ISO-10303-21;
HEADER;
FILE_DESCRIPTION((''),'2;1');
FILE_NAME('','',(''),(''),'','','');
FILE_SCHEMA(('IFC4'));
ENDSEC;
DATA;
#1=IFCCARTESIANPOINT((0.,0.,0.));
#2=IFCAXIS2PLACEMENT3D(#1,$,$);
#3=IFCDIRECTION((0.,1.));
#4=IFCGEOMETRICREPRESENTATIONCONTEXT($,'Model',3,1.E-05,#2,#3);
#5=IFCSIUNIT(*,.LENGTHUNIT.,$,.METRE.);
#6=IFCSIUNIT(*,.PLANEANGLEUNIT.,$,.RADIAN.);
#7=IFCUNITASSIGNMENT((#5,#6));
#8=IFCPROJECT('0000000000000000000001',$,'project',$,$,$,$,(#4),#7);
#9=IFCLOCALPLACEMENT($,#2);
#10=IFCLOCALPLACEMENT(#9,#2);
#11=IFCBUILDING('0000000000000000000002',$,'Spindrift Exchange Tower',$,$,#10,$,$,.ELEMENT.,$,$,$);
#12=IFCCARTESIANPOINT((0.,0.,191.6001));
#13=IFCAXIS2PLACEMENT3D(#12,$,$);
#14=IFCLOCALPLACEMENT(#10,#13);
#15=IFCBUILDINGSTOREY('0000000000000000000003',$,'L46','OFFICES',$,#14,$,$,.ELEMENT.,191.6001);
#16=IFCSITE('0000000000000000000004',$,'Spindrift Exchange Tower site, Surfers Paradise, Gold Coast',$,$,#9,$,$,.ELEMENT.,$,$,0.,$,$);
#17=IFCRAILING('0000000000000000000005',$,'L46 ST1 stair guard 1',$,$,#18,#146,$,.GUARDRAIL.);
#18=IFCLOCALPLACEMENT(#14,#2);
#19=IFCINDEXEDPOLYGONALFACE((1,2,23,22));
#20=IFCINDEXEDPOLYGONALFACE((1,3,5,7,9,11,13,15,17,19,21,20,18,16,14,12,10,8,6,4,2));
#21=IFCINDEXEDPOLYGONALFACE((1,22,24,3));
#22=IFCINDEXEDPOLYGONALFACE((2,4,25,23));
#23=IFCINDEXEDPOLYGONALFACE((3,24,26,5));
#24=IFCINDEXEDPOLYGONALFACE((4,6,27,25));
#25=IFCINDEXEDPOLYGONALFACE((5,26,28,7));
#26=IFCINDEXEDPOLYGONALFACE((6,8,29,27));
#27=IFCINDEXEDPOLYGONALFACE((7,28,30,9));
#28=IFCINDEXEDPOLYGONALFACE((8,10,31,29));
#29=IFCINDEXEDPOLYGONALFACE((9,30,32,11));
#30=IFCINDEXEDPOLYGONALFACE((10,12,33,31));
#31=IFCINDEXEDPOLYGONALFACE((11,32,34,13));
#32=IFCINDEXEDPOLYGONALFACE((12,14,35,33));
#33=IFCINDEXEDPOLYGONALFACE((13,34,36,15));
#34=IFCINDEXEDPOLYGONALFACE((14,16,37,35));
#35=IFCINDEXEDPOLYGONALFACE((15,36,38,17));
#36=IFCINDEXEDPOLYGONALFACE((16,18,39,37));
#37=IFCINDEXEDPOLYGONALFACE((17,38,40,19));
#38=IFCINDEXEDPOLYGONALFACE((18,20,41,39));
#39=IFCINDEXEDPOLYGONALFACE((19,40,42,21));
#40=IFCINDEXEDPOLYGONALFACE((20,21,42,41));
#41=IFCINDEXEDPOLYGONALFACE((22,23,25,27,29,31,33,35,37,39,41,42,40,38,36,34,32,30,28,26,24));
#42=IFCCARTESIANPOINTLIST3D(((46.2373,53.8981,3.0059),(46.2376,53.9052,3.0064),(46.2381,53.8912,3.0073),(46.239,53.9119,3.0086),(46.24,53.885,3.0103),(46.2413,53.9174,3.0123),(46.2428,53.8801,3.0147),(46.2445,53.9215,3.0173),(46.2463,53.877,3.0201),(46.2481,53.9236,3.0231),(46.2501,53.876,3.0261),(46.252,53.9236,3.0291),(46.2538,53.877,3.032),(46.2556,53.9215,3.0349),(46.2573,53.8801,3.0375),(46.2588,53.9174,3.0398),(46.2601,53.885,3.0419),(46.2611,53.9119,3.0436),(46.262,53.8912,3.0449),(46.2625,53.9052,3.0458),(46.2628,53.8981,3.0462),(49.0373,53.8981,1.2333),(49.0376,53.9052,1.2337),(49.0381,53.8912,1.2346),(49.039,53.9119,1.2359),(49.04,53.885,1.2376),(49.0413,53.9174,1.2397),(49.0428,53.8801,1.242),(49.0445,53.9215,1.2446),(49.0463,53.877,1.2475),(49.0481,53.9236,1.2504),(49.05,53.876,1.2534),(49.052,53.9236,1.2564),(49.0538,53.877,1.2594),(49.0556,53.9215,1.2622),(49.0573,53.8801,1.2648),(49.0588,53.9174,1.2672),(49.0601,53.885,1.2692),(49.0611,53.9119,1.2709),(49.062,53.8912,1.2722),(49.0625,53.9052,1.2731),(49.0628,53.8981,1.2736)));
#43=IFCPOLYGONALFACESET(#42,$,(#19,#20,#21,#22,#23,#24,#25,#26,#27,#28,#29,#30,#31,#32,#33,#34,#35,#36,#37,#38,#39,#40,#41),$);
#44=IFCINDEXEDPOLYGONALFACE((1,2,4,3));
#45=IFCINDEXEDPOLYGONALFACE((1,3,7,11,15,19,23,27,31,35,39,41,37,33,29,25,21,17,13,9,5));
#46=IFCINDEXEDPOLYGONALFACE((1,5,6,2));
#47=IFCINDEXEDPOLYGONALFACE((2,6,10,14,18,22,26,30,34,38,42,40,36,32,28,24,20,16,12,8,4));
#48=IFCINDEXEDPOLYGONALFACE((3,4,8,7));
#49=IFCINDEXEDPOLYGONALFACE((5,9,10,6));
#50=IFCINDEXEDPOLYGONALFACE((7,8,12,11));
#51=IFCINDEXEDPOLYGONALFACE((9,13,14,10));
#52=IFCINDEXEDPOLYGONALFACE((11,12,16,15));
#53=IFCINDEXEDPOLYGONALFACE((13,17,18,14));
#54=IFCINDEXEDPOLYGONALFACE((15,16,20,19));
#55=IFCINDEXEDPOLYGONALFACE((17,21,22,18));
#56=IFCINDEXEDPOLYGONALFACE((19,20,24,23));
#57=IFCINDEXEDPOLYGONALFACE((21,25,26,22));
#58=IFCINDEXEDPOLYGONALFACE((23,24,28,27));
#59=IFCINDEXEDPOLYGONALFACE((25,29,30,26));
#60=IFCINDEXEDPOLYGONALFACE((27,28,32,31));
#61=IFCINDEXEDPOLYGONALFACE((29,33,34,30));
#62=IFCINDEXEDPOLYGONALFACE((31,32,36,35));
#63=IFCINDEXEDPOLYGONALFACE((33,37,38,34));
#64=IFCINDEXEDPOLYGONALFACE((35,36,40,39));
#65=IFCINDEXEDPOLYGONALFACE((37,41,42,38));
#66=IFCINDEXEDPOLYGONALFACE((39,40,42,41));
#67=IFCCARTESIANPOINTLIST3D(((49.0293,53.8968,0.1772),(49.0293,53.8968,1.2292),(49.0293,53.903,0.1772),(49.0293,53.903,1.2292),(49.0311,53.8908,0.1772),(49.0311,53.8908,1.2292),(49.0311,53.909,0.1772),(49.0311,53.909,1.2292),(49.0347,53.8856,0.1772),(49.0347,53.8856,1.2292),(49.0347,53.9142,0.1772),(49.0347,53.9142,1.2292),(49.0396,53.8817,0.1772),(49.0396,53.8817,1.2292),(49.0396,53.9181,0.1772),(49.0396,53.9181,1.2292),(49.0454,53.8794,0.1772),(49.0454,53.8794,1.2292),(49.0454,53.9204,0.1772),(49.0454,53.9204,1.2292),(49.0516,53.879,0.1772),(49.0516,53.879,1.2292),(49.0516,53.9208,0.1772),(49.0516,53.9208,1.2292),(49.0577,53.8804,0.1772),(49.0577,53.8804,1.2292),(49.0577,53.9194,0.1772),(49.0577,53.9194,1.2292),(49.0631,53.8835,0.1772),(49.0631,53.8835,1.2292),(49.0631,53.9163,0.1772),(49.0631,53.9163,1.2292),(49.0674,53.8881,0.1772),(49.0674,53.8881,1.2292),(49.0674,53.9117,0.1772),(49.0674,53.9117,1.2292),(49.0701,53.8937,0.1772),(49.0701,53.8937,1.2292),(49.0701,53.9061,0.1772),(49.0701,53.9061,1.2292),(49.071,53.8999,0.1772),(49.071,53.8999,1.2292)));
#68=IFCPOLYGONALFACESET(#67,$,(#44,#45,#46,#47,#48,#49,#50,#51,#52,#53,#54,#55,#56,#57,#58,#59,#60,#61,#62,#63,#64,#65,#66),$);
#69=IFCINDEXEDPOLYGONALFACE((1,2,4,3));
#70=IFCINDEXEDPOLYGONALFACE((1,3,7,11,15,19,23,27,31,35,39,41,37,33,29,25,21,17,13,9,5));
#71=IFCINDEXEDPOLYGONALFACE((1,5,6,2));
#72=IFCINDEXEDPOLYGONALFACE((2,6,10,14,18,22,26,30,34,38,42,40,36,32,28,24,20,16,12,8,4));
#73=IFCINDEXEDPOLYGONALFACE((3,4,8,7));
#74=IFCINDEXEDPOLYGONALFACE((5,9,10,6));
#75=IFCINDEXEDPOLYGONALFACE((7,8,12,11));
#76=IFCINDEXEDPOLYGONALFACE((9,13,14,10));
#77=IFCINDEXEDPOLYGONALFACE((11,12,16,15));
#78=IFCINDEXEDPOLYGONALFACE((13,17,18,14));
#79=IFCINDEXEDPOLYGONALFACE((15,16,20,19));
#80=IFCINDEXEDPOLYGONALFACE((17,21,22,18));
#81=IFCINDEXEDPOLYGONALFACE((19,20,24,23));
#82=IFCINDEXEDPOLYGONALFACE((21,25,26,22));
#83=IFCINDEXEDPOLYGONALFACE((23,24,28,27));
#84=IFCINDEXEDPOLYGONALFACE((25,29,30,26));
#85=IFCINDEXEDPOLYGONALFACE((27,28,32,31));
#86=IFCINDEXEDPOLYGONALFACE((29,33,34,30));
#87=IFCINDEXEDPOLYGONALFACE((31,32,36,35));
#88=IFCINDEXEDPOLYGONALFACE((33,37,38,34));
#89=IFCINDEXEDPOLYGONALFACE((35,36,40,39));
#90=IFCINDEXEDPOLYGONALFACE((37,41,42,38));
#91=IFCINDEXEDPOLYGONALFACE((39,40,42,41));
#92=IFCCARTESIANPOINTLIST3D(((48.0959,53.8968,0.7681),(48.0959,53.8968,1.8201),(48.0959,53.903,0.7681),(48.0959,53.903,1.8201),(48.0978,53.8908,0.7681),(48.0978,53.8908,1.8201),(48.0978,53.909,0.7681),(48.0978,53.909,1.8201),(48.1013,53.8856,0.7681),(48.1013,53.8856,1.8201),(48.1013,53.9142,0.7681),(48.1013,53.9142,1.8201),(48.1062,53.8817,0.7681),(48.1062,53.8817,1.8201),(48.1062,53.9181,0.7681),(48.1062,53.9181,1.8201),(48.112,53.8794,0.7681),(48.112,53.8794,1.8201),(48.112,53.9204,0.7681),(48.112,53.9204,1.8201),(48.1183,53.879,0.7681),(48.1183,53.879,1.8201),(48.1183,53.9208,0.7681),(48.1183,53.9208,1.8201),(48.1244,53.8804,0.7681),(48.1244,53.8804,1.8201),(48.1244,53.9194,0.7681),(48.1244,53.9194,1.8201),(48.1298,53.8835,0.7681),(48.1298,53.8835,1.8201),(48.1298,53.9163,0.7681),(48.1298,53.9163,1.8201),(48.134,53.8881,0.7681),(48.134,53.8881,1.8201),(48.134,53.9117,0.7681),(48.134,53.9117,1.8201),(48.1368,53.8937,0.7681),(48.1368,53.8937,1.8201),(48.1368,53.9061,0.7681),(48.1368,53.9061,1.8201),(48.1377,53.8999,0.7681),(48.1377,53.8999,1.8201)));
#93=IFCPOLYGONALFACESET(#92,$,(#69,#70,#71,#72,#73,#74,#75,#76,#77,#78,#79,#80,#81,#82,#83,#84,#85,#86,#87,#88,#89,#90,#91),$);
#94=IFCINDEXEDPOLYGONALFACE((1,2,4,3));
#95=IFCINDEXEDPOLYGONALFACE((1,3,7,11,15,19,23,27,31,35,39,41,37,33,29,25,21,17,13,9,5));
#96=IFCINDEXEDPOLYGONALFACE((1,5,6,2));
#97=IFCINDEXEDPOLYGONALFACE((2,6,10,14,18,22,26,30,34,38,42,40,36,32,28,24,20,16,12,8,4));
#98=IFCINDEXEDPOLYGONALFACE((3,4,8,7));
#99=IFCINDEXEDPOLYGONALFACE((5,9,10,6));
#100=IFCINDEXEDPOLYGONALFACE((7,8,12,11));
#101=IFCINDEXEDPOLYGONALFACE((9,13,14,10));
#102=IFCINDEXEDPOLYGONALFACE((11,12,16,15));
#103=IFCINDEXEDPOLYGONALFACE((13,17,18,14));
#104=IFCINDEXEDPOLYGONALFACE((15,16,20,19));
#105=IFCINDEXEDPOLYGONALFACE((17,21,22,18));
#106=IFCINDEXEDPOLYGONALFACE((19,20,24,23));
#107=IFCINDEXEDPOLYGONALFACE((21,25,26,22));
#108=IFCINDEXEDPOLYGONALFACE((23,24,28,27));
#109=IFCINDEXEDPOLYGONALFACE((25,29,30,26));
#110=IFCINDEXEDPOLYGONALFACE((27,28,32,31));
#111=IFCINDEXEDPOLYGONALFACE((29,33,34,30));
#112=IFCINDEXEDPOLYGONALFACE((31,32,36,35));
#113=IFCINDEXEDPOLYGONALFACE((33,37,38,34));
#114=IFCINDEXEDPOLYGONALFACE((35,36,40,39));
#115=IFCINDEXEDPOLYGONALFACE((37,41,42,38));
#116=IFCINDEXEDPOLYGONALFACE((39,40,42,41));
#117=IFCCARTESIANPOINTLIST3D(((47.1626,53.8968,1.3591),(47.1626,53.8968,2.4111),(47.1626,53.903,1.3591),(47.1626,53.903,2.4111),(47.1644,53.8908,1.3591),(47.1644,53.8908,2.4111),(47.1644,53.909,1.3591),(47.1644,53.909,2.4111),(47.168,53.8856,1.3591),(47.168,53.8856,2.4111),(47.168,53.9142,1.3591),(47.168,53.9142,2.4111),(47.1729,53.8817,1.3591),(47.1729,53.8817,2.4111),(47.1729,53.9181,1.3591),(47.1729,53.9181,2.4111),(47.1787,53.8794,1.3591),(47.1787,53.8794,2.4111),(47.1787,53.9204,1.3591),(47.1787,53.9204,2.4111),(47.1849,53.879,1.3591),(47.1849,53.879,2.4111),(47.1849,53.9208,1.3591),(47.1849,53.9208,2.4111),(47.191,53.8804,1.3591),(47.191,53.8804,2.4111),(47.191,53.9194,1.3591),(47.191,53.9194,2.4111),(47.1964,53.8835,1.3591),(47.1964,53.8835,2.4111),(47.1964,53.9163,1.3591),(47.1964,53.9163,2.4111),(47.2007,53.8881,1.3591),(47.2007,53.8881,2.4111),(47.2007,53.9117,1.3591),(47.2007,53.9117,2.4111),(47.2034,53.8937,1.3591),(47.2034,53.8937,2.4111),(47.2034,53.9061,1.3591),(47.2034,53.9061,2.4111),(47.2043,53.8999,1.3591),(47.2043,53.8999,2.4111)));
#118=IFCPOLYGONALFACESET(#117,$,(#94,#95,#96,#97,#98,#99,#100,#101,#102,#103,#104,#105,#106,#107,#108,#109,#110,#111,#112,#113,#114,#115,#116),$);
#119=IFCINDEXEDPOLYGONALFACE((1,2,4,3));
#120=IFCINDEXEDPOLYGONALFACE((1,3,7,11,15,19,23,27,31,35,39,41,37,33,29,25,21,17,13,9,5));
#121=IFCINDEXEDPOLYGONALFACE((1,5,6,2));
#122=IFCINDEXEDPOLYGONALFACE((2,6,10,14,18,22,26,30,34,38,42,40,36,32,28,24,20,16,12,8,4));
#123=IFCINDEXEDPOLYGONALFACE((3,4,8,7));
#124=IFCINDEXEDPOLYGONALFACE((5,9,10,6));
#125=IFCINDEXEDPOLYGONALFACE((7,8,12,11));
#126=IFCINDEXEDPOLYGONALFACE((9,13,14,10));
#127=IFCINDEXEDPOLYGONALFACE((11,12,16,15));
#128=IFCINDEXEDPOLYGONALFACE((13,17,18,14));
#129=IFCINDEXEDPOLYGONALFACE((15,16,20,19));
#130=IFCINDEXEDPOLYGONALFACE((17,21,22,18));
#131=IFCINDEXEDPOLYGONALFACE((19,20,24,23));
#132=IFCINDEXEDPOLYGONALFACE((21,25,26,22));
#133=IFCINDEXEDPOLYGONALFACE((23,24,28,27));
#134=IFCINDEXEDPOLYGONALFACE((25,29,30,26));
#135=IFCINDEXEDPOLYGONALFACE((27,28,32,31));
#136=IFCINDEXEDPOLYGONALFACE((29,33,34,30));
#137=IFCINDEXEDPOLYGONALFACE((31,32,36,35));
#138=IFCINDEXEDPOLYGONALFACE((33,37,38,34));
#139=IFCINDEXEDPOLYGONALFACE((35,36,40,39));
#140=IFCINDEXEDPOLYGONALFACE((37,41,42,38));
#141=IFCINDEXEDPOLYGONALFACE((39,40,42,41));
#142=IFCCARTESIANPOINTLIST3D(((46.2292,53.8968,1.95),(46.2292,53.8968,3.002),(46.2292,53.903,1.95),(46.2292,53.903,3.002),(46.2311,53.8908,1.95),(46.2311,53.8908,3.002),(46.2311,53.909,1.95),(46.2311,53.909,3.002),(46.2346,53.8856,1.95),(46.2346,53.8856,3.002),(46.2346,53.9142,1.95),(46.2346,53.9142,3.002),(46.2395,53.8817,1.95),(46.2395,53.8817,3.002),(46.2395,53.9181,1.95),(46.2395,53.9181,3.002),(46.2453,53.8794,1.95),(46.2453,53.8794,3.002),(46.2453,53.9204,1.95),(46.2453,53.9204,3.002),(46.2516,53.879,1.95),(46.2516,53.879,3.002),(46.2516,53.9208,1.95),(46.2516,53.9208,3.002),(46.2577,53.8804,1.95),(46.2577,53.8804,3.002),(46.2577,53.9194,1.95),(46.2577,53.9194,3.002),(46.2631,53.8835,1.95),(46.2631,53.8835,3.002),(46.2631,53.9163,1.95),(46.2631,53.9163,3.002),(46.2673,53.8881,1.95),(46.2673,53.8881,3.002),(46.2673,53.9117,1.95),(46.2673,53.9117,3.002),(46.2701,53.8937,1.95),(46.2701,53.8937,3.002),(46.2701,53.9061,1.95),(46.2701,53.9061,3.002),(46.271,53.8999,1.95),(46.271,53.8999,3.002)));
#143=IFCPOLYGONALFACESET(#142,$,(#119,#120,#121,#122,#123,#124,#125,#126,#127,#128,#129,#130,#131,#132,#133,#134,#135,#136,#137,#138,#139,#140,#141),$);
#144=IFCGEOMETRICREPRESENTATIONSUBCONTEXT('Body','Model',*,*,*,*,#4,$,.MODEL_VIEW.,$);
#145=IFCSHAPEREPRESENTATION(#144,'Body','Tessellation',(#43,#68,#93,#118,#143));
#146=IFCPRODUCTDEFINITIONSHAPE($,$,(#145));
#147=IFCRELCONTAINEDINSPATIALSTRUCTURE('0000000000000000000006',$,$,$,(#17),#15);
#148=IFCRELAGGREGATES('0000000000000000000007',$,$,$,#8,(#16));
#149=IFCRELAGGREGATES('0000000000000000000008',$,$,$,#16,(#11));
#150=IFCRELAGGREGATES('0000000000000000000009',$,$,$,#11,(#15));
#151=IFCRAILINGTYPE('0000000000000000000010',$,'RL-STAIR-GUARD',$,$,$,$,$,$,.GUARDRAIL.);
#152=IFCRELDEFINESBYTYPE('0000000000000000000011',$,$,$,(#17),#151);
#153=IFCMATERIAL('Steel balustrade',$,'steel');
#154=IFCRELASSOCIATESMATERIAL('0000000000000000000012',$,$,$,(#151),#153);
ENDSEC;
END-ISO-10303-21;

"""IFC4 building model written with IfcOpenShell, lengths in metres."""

from ifc_helpers import new_model, si_unit, direction, frame, origin, origin_2d, place, context, subcontext, project, spatial, circle, extrude, material, type_object, element, save


model = new_model("IFC4")

# Units and contexts
model_context = context("Model", 3, precision=1e-05, world=origin(), true_north=direction((0.0, 1.0)))
body_context = subcontext(model_context, "Body", "Model", "MODEL_VIEW")
ifc_project = project(units=[si_unit("LENGTHUNIT", "METRE"), si_unit("PLANEANGLEUNIT", "RADIAN")], contexts=[model_context])

# Site, building, storey
site_placement = place(None, origin())
site = spatial("IfcSite", under=ifc_project, at=site_placement, Name="Spindrift Exchange Tower site, Surfers Paradise, Gold Coast", CompositionType="ELEMENT", RefElevation=0.0)
building_placement = place(site_placement, origin())
building = spatial("IfcBuilding", under=site, at=building_placement, Name="Spindrift Exchange Tower", CompositionType="ELEMENT")
storey_placement = place(building_placement, frame((0.0, 0.0, 191.6001)))
storey = spatial("IfcBuildingStorey", under=building, at=storey_placement, Name="L46", Description="OFFICES", CompositionType="ELEMENT", Elevation=191.6001)

# Railing
ifc_material_1 = material(Name="Steel balustrade", Category="steel")
railing_type_1 = type_object("IfcRailingType", Name="RL-STAIR-GUARD", PredefinedType="GUARDRAIL", material=ifc_material_1)
railing_1_placement = place(storey_placement, frame((49.05, 53.8999, 0.1772)))
element("IfcRailing", 1, at=railing_1_placement, inside=storey, type_object=railing_type_1, Name="L46 ST1 stair guard 1", PredefinedType="GUARDRAIL", context=body_context, shape_type="SweptSolid", body=[
    extrude(circle(Radius=0.0239, at=origin_2d()), frame((0.0, 0.0, 1.0762), z_axis=(-0.844909, 0.0, 0.53491), x_axis=(0.0, -1.0, 0.0)), (0.0, 0.0, 1.0), 3.314),
    extrude(circle(Radius=0.021, at=origin_2d()), origin(), (0.0, 0.0, 1.0), 1.052),
    extrude(circle(Radius=0.021, at=origin_2d()), frame((-0.9333, 0.0, 0.5908)), (0.0, 0.0, 1.0), 1.052),
    extrude(circle(Radius=0.021, at=origin_2d()), frame((-1.8667, 0.0, 1.1819)), (0.0, 0.0, 1.0), 1.052),
    extrude(circle(Radius=0.021, at=origin_2d()), frame((-2.8, 0.0, 1.7727)), (0.0, 0.0, 1.0), 1.052),
])

save(model, "model.ifc")
